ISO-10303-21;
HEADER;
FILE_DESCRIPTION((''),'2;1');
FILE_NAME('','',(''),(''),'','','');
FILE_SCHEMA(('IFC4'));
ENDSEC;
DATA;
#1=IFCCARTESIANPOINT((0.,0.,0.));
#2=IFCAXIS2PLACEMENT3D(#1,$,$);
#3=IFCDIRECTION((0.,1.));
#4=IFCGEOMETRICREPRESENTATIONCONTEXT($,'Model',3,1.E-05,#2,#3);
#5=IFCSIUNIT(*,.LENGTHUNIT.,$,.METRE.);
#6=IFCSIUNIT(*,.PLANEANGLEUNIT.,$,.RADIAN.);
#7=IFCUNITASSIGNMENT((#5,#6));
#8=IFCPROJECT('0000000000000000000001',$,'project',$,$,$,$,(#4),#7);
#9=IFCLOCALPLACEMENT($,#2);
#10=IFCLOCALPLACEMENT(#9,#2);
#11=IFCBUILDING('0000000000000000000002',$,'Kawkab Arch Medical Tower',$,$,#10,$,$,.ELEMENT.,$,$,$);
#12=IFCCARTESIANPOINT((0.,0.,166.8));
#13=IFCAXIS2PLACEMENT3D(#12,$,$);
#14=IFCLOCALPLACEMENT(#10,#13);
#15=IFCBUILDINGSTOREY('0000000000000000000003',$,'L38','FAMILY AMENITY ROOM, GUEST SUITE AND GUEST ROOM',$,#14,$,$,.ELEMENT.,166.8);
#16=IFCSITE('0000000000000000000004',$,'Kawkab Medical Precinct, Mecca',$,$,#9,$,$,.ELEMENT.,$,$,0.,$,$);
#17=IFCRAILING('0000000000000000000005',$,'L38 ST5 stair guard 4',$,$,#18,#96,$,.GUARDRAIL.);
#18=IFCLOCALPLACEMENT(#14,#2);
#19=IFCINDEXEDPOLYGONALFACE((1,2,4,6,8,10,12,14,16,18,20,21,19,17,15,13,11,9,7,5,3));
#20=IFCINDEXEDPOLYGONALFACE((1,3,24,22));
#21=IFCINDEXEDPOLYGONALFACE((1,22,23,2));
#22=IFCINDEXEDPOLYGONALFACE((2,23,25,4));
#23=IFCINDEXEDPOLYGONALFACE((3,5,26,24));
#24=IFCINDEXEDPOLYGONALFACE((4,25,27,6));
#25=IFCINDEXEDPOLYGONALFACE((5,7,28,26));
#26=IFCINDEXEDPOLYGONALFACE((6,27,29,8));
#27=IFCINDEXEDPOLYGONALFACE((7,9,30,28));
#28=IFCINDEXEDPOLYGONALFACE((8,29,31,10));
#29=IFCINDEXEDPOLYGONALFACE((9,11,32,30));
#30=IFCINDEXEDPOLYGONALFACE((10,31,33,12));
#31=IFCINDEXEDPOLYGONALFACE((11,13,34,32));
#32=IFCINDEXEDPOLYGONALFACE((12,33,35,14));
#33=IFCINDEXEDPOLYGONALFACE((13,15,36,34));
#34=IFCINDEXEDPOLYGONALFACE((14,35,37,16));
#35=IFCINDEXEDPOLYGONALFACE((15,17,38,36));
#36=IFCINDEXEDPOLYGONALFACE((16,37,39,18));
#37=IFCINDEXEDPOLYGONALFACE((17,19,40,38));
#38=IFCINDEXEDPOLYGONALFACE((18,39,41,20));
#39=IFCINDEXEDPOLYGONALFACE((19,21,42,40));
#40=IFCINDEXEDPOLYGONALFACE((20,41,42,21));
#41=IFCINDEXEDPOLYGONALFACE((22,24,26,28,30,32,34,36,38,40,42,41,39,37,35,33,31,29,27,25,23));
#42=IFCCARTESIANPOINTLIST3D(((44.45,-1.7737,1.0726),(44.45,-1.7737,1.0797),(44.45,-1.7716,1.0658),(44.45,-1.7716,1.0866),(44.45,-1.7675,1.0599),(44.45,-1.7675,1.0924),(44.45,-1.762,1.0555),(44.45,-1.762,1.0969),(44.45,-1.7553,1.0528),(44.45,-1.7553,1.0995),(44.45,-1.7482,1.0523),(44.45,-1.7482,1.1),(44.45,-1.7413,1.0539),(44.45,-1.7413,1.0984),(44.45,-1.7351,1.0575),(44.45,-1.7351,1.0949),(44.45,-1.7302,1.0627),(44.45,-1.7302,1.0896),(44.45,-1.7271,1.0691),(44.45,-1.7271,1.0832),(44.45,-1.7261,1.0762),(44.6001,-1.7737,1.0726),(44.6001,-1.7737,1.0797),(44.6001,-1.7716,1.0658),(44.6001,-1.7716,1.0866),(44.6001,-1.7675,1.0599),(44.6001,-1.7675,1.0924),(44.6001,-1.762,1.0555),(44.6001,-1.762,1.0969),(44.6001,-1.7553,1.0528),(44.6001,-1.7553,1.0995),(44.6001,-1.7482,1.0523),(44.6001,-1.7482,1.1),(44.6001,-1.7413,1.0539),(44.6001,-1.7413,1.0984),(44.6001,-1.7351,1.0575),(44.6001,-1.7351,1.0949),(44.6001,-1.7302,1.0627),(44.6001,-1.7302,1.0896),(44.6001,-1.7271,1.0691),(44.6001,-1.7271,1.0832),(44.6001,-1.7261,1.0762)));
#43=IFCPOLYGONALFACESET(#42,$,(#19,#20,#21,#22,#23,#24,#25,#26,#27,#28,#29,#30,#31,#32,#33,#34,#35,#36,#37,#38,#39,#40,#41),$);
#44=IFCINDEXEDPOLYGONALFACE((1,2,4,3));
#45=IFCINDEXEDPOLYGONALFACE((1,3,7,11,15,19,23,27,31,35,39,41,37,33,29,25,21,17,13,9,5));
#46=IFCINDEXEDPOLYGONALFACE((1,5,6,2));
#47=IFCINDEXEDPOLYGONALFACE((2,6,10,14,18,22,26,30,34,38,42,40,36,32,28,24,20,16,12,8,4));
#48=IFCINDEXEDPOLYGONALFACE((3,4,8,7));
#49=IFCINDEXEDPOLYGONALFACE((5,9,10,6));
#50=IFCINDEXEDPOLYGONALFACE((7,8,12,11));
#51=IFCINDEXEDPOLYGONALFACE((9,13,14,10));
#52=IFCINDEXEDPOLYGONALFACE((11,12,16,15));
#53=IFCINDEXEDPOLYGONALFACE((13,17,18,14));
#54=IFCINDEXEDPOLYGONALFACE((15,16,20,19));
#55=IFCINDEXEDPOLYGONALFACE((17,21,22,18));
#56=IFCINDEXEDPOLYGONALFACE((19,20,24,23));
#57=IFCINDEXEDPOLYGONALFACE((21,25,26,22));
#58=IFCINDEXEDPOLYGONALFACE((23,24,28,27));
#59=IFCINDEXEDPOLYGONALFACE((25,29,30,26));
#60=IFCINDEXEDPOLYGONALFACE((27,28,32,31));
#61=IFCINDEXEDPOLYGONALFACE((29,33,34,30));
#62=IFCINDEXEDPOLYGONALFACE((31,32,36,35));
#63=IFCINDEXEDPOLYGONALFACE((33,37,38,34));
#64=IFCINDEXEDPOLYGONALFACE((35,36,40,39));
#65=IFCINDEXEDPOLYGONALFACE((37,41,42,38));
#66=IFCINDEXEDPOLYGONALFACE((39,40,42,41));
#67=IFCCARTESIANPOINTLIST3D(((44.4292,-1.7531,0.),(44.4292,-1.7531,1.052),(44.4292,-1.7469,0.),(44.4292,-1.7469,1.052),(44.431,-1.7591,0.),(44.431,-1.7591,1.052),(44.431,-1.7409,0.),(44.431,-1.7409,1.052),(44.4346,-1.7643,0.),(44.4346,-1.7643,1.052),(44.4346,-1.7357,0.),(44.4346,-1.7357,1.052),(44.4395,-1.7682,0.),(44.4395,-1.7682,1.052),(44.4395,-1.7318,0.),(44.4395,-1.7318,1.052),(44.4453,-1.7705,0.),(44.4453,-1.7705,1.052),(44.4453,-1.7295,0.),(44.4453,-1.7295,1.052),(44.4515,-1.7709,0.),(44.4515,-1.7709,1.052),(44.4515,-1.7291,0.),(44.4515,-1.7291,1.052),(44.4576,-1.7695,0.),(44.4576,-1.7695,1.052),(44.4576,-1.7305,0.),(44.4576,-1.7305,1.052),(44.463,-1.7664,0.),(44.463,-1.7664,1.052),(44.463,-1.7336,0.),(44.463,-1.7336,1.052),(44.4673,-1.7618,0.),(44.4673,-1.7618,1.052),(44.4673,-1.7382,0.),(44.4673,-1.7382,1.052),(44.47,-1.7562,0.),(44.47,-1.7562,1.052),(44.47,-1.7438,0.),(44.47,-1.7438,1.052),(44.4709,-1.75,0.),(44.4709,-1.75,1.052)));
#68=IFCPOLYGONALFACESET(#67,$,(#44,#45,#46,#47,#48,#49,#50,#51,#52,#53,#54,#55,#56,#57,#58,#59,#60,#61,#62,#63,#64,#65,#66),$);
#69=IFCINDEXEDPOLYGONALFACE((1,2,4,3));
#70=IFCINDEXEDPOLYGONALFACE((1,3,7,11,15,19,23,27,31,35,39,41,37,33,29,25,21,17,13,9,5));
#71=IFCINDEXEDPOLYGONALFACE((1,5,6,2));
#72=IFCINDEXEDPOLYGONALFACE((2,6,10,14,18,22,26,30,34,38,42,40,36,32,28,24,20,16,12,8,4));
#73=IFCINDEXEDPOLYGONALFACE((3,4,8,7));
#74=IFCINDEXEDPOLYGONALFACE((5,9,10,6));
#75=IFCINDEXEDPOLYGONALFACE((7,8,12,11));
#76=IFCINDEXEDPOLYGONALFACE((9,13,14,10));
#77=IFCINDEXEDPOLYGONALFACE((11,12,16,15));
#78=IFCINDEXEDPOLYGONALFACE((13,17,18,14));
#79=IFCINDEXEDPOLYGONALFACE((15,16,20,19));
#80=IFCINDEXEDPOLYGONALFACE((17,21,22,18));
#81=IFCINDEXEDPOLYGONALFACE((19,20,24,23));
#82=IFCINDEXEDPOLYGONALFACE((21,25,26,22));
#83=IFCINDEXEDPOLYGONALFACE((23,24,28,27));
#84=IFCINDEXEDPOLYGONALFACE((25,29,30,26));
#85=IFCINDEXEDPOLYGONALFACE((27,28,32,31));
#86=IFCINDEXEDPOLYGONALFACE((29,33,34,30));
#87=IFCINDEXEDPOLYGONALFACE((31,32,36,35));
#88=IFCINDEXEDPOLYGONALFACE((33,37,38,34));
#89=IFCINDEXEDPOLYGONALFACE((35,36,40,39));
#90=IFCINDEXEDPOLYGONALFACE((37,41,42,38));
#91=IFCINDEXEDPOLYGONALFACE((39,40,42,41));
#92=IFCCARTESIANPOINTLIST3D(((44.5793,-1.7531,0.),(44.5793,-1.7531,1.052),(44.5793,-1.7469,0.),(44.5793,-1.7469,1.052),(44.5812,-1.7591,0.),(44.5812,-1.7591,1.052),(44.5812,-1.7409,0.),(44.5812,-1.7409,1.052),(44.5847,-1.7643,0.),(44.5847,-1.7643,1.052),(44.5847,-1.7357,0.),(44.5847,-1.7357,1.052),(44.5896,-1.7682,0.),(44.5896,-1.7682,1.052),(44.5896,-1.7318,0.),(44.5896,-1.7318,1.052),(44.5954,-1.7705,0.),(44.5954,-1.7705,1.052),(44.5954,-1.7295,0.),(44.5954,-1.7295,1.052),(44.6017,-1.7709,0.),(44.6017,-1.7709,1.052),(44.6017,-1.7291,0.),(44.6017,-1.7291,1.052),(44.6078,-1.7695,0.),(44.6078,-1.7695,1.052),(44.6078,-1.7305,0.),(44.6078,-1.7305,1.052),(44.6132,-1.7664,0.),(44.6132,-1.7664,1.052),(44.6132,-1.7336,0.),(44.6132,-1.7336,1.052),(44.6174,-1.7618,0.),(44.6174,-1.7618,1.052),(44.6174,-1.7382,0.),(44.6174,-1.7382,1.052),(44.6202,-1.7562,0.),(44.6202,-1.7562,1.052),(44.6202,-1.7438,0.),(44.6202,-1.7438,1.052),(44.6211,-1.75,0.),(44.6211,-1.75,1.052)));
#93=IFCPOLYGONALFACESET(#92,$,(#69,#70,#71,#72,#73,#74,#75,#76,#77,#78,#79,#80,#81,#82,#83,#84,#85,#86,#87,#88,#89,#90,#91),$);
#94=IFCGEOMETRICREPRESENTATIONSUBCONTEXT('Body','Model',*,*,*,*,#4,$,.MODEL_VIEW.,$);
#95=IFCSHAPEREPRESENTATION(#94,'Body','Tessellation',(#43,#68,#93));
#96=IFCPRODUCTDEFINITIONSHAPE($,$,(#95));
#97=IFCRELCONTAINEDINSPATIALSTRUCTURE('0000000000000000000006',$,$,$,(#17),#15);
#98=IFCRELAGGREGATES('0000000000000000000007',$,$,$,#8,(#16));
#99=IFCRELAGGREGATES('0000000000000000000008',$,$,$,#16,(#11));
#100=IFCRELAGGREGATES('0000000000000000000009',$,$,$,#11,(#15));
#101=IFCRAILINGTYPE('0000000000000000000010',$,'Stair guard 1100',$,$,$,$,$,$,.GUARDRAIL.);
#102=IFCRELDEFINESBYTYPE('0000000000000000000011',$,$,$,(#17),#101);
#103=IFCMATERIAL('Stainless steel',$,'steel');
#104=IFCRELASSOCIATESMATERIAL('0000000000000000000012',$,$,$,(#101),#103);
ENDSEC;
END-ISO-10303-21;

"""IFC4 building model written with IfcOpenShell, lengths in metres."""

from ifc_helpers import new_model, si_unit, direction, frame, origin, origin_2d, place, context, subcontext, project, spatial, circle, extrude, material, type_object, element, save


model = new_model("IFC4")

# Units and contexts
model_context = context("Model", 3, precision=1e-05, world=origin(), true_north=direction((0.0, 1.0)))
body_context = subcontext(model_context, "Body", "Model", "MODEL_VIEW")
ifc_project = project(units=[si_unit("LENGTHUNIT", "METRE"), si_unit("PLANEANGLEUNIT", "RADIAN")], contexts=[model_context])

# Site, building, storey
site_placement = place(None, origin())
site = spatial("IfcSite", under=ifc_project, at=site_placement, Name="Kawkab Medical Precinct, Mecca", CompositionType="ELEMENT", RefElevation=0.0)
building_placement = place(site_placement, origin())
building = spatial("IfcBuilding", under=site, at=building_placement, Name="Kawkab Arch Medical Tower", CompositionType="ELEMENT")
storey_placement = place(building_placement, frame((0.0, 0.0, 166.8)))
storey = spatial("IfcBuildingStorey", under=building, at=storey_placement, Name="L38", Description="FAMILY AMENITY ROOM, GUEST SUITE AND GUEST ROOM", CompositionType="ELEMENT", Elevation=166.8)

# Railing
ifc_material_1 = material(Name="Stainless steel", Category="steel")
railing_type_1 = type_object("IfcRailingType", Name="Stair guard 1100", PredefinedType="GUARDRAIL", material=ifc_material_1)
railing_1_placement = place(storey_placement, frame((44.45, -1.75, 0.0)))
element("IfcRailing", 1, at=railing_1_placement, inside=storey, type_object=railing_type_1, Name="L38 ST5 stair guard 4", PredefinedType="GUARDRAIL", context=body_context, shape_type="SweptSolid", body=[
    extrude(circle(Radius=0.0239, at=origin_2d()), frame((0.0, 0.0, 1.0762), z_axis=(1.0, 0.0, 0.0), x_axis=(0.0, 1.0, 0.0)), (0.0, 0.0, 1.0), 0.1501),
    extrude(circle(Radius=0.021, at=origin_2d()), origin(), (0.0, 0.0, 1.0), 1.052),
    extrude(circle(Radius=0.021, at=origin_2d()), frame((0.1501, 0.0, 0.0)), (0.0, 0.0, 1.0), 1.052),
])

save(model, "model.ifc")
